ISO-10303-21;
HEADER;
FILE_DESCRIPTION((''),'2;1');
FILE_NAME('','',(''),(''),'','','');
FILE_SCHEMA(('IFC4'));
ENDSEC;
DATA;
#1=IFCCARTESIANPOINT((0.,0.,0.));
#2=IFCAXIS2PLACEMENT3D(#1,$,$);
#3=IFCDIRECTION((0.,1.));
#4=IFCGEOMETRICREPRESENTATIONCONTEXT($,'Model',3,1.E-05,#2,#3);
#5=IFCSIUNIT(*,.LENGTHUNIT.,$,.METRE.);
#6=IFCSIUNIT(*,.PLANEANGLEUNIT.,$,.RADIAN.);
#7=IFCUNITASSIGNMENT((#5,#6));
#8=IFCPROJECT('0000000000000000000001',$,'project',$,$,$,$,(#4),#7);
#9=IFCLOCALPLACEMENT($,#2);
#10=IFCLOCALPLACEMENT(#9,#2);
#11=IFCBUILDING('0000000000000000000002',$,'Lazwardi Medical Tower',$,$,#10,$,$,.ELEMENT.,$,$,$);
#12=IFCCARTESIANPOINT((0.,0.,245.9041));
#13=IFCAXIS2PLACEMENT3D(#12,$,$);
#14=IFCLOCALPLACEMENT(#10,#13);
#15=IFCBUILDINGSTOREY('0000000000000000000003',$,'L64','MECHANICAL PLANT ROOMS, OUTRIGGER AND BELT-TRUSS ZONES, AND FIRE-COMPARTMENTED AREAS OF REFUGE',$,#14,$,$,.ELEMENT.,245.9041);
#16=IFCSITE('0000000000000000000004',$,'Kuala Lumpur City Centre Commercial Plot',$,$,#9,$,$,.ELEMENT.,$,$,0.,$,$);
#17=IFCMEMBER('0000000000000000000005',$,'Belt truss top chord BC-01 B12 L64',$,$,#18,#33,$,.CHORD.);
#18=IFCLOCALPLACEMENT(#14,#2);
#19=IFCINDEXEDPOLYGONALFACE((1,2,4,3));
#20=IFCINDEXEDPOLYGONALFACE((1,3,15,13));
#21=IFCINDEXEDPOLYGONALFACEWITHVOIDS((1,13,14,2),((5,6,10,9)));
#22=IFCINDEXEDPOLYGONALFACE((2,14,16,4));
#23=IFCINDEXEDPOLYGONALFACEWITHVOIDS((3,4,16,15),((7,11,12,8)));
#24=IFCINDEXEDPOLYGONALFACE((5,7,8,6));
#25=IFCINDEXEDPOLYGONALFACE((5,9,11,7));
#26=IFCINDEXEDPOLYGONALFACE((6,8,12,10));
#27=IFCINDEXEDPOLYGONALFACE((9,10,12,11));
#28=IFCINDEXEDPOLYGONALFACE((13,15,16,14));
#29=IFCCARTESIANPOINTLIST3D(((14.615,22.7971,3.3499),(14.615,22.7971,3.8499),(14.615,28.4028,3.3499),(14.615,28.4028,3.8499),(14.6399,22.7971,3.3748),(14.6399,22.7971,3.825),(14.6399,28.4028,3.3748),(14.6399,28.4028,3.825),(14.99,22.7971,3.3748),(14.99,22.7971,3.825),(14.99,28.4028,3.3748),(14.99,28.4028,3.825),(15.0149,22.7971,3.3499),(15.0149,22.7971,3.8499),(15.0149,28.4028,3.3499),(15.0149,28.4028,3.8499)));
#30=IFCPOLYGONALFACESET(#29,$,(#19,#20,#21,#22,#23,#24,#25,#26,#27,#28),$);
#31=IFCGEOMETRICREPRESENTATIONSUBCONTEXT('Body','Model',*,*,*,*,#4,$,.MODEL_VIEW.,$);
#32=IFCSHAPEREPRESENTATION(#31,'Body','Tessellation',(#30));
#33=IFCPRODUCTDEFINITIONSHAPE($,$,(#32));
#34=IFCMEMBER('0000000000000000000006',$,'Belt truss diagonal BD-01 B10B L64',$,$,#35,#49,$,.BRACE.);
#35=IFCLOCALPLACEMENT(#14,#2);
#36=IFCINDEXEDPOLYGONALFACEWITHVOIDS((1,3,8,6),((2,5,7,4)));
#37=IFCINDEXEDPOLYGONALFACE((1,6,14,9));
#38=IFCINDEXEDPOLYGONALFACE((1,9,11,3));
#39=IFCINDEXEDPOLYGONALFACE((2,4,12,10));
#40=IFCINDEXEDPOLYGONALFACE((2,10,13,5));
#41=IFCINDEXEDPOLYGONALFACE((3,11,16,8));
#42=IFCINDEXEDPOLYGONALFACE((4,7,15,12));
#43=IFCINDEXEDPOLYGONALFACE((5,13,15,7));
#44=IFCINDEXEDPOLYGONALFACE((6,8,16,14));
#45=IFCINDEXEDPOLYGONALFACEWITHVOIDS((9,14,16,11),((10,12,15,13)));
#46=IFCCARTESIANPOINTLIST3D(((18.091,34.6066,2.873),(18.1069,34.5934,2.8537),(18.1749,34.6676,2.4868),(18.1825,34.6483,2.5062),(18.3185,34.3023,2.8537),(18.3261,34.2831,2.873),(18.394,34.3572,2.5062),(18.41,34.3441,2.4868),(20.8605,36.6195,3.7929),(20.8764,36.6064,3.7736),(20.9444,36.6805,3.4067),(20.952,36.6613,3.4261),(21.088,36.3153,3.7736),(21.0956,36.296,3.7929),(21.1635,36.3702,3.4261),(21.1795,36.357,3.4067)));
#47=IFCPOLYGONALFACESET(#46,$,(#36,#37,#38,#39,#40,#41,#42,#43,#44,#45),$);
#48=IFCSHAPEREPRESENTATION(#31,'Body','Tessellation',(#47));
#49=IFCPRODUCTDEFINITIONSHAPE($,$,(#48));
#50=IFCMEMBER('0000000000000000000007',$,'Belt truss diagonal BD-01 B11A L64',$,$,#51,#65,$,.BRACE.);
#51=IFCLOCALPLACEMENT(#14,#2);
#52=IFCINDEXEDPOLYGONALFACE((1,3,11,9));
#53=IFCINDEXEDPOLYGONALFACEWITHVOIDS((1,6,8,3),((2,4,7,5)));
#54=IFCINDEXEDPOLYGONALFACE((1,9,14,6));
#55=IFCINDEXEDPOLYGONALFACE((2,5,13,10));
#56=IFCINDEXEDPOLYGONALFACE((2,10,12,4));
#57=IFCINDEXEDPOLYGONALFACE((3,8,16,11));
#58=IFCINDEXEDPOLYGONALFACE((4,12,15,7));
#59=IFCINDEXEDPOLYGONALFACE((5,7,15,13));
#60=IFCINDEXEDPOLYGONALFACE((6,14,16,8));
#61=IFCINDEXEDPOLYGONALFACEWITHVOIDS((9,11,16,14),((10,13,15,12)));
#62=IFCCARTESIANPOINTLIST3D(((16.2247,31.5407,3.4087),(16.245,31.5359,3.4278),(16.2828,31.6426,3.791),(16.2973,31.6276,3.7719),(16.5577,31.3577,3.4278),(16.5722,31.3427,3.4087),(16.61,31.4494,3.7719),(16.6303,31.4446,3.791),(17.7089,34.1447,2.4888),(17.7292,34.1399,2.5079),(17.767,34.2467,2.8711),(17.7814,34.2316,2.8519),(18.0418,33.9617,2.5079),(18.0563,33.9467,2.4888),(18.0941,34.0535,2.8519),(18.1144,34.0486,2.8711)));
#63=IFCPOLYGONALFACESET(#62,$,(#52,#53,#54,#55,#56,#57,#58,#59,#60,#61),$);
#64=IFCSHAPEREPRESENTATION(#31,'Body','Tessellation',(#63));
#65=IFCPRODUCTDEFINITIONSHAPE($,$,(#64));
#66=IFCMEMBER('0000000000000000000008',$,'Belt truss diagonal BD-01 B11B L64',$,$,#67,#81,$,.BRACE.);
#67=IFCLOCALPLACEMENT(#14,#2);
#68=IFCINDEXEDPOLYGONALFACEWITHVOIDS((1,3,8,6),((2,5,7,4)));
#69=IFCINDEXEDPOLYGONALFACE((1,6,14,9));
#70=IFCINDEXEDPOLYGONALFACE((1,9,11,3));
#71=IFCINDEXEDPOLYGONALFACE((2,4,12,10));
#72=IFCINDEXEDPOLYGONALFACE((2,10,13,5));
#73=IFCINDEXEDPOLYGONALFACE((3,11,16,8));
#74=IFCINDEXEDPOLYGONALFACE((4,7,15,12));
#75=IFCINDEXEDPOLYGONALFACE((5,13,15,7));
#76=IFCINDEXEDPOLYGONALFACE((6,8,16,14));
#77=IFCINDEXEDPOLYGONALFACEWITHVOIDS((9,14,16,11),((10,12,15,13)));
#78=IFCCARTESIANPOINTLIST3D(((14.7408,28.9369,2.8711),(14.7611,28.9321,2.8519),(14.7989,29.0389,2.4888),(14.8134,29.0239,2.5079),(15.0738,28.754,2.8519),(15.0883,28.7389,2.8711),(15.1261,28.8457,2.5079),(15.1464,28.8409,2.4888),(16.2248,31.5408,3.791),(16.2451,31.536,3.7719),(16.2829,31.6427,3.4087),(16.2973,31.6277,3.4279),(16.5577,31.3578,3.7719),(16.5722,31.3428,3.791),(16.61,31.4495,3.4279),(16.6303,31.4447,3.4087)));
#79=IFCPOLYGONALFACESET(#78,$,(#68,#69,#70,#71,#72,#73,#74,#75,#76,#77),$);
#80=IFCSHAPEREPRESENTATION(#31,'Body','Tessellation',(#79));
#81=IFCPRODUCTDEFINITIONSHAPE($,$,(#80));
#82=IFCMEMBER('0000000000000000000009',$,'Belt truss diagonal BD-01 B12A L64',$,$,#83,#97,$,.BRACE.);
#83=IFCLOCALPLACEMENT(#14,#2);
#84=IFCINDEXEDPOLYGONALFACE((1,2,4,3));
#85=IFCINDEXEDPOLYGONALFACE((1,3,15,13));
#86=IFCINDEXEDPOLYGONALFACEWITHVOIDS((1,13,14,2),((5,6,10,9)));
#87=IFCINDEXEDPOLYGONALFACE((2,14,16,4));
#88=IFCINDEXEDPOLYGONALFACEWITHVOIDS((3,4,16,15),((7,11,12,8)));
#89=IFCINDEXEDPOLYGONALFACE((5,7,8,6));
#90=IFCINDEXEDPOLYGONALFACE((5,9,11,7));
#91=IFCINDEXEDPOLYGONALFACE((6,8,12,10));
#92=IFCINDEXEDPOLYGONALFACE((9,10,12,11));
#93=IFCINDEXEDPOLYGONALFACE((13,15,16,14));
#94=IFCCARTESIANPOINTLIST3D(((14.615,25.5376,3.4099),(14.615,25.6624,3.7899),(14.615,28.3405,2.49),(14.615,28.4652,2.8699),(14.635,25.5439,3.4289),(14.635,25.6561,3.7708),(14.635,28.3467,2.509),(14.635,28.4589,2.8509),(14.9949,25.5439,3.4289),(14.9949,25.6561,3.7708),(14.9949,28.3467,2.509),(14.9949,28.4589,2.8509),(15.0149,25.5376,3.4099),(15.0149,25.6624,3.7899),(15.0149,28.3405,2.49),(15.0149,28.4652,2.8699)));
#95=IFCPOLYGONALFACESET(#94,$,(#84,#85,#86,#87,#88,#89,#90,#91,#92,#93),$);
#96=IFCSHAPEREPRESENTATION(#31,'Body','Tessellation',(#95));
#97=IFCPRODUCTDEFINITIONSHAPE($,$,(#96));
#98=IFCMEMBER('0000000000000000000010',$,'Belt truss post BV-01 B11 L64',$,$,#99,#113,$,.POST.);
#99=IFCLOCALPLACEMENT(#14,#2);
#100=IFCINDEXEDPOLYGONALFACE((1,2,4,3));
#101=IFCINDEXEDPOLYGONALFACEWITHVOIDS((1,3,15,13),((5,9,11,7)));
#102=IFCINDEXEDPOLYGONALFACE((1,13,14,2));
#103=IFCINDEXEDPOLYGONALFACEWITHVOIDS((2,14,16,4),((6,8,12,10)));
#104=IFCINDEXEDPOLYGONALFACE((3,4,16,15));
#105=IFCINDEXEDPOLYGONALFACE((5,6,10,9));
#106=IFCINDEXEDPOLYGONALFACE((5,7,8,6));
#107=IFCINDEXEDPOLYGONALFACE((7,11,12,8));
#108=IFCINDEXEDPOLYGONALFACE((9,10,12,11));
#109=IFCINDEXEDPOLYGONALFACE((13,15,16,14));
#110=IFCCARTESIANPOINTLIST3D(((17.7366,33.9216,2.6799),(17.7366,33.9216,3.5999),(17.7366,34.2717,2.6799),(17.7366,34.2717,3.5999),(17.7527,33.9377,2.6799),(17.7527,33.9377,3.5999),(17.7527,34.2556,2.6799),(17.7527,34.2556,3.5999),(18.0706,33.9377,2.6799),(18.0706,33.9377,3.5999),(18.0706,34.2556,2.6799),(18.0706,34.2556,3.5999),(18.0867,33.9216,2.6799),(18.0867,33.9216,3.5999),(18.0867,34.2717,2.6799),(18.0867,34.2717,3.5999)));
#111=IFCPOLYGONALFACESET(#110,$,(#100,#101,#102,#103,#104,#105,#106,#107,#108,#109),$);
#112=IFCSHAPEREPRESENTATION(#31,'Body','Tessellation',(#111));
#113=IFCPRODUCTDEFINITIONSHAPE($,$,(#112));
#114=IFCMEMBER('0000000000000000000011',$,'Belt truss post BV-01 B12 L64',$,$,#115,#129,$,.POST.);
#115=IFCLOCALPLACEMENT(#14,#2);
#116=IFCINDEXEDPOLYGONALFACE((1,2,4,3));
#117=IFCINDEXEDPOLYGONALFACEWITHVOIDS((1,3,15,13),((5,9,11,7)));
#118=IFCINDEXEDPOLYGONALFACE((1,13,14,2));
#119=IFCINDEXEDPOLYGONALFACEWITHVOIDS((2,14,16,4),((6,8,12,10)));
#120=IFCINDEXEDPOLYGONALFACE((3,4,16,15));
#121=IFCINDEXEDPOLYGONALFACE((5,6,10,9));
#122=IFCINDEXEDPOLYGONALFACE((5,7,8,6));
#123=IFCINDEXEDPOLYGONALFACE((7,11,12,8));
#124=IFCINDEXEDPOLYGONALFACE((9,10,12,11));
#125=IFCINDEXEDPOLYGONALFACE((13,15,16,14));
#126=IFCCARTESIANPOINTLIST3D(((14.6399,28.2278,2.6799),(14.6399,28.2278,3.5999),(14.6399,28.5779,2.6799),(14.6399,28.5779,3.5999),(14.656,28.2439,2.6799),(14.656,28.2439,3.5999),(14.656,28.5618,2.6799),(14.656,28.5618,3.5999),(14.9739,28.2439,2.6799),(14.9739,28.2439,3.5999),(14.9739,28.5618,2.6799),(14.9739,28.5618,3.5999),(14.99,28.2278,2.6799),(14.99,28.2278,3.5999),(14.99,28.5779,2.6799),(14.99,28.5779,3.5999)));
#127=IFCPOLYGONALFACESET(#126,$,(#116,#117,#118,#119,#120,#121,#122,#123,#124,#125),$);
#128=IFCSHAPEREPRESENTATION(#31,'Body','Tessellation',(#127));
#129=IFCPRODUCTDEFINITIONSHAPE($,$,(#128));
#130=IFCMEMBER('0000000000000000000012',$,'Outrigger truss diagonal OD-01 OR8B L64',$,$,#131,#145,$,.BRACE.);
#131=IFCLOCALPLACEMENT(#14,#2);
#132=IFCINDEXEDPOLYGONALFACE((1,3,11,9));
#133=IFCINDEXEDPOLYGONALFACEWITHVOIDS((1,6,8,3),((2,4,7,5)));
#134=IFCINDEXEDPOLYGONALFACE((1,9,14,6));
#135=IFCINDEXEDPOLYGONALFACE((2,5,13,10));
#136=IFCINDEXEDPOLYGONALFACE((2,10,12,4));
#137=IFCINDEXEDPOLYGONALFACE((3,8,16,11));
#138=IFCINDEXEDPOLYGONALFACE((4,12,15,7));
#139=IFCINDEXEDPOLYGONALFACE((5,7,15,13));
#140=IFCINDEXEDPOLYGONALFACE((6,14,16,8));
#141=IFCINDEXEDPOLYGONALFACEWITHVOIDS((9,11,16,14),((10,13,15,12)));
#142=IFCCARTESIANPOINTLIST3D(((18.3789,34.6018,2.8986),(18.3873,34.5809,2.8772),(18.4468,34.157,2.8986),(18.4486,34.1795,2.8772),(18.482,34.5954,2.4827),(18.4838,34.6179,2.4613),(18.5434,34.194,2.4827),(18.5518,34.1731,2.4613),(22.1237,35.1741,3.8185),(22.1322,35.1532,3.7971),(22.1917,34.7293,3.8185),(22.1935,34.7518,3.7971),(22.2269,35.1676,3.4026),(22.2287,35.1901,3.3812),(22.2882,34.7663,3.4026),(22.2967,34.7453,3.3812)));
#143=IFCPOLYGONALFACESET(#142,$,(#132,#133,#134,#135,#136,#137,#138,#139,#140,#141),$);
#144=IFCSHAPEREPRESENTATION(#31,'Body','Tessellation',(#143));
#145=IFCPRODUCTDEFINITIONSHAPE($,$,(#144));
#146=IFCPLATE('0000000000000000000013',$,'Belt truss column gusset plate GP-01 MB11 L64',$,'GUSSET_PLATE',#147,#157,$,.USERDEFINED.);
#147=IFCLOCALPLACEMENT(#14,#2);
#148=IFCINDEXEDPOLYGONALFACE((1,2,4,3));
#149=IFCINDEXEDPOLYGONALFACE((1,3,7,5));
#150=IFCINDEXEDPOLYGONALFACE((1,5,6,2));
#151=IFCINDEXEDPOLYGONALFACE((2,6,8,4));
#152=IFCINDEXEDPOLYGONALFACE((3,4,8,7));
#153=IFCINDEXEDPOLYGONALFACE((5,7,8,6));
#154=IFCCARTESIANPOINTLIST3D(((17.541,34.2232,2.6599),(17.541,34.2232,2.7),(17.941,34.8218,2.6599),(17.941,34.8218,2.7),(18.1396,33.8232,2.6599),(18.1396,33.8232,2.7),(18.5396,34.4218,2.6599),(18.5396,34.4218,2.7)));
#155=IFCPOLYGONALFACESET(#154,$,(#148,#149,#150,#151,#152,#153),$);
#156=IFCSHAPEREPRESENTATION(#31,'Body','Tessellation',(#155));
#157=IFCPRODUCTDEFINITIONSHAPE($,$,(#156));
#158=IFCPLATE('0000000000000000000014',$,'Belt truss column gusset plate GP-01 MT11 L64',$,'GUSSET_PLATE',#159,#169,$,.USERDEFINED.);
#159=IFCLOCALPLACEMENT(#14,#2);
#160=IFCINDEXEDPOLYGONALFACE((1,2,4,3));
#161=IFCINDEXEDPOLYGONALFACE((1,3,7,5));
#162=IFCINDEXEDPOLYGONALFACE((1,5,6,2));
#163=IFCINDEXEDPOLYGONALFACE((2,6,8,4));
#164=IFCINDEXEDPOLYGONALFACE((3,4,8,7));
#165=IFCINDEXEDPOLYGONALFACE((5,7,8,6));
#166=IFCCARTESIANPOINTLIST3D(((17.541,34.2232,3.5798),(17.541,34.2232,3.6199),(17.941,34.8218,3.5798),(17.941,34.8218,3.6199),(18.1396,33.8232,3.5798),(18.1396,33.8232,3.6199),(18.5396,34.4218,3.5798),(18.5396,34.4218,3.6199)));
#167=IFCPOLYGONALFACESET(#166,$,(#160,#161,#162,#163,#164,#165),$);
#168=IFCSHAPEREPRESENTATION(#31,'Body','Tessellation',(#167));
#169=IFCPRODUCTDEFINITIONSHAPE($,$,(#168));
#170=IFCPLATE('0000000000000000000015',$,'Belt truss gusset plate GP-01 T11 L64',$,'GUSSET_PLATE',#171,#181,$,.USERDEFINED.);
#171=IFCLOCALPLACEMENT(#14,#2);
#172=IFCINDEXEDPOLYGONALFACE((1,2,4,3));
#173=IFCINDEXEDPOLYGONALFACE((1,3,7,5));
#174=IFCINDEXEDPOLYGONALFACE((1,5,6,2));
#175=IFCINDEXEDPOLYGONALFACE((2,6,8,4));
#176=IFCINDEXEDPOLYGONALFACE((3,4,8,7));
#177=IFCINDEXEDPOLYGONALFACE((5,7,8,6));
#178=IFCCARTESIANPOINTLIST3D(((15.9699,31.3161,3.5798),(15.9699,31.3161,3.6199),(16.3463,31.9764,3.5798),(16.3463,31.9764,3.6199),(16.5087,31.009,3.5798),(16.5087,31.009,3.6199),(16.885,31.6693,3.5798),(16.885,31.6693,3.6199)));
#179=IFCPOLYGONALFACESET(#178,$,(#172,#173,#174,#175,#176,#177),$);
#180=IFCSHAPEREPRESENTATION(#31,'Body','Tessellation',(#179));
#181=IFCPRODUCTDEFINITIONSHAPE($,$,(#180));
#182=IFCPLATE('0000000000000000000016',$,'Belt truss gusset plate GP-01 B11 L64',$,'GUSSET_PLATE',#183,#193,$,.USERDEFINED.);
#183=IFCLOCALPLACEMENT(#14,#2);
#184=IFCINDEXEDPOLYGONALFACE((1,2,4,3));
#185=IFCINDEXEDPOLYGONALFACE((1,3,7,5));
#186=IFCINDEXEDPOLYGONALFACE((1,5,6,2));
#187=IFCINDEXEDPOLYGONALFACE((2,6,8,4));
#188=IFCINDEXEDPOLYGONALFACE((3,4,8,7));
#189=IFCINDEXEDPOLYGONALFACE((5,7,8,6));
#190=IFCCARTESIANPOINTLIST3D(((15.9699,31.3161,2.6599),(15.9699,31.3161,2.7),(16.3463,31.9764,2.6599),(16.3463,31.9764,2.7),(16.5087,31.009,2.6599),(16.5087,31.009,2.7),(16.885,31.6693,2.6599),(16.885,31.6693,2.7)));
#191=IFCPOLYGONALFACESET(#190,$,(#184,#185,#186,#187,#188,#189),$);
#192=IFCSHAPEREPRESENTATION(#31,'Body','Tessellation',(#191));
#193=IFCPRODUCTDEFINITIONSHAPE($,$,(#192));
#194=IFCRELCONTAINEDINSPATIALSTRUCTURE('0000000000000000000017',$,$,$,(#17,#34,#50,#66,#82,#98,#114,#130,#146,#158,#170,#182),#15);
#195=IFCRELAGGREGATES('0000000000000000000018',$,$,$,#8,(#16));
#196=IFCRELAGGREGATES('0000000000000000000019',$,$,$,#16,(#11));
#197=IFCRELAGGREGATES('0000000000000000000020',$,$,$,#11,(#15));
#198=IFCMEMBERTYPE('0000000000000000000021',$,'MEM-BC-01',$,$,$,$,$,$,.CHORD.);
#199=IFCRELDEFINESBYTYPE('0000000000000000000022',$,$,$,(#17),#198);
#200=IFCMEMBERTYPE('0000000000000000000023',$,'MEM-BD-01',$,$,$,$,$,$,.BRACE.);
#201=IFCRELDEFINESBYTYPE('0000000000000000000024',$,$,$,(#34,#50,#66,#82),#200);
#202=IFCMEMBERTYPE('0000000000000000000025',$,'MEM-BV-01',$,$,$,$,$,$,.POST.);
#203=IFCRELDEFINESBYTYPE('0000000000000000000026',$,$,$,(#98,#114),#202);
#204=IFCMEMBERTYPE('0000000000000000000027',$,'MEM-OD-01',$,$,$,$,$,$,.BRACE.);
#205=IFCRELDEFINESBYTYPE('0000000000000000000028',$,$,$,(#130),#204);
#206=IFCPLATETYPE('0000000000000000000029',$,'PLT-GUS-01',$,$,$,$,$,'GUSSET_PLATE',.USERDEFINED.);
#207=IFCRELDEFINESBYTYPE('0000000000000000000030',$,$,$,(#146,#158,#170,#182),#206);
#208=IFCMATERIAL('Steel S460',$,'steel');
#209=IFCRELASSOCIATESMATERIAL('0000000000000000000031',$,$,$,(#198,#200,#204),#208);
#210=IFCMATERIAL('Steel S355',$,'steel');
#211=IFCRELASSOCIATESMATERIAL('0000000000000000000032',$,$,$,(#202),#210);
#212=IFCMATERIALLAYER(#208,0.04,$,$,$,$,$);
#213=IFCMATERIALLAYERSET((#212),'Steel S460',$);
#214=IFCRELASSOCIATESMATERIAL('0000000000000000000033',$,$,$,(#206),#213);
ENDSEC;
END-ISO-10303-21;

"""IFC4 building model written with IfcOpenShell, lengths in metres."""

from ifc_helpers import new_model, si_unit, direction, frame, origin, origin_2d, place, context, subcontext, project, spatial, rectangle, hollow_rectangle, extrude, material, layer, layer_set, material_profile, profile_set, type_object, element, save


model = new_model("IFC4")

# Units and contexts
model_context = context("Model", 3, precision=1e-05, world=origin(), true_north=direction((0.0, 1.0)))
body_context = subcontext(model_context, "Body", "Model", "MODEL_VIEW")
ifc_project = project(units=[si_unit("LENGTHUNIT", "METRE"), si_unit("PLANEANGLEUNIT", "RADIAN")], contexts=[model_context])

# Site, building, storey
site_placement = place(None, origin())
site = spatial("IfcSite", under=ifc_project, at=site_placement, Name="Kuala Lumpur City Centre Commercial Plot", CompositionType="ELEMENT", RefElevation=0.0)
building_placement = place(site_placement, origin())
building = spatial("IfcBuilding", under=site, at=building_placement, Name="Lazwardi Medical Tower", CompositionType="ELEMENT")
storey_placement = place(building_placement, frame((0.0, 0.0, 245.9041)))
storey = spatial("IfcBuildingStorey", under=building, at=storey_placement, Name="L64", Description="MECHANICAL PLANT ROOMS, OUTRIGGER AND BELT-TRUSS ZONES, AND FIRE-COMPARTMENTED AREAS OF REFUGE", CompositionType="ELEMENT", Elevation=245.9041)

# Shared definitions
ifc_material_1 = material(Name="Steel S355", Category="steel")

# Members
ifc_material_2 = material(Name="Steel S460", Category="steel")
ifc_material_profile_1 = material_profile(ifc_material_2, hollow_rectangle(XDim=0.3999, YDim=0.5, WallThickness=0.0249, at=origin_2d()), Name="RHS 500x400x25")
ifc_profile_set_1 = profile_set([ifc_material_profile_1], Name="Steel S460")
member_type_1 = type_object("IfcMemberType", Name="MEM-BC-01", PredefinedType="CHORD", material=ifc_profile_set_1)
for number, where, z_axis, x_axis, name in (
    (1, (14.8149, 28.4028, 3.5999), (0.0, -1.0, 0.0), (1.0, 0.0, 0.0), "Belt truss top chord BC-01 B12 L64"),
):
    element("IfcMember", number, at=place(storey_placement, frame(where, z_axis=z_axis, x_axis=x_axis)), inside=storey, type_object=member_type_1, Name=name, PredefinedType="CHORD", context=body_context, shape_type="SweptSolid", body=[
        extrude(hollow_rectangle(XDim=0.3999, YDim=0.5, WallThickness=0.0249, at=origin_2d()), origin(), (0.0, 0.0, 1.0), 5.6057),
    ])
ifc_material_profile_2 = material_profile(ifc_material_2, hollow_rectangle(XDim=0.3999, YDim=0.3999, WallThickness=0.02, at=origin_2d()), Name="RHS 400x400x20")
ifc_profile_set_2 = profile_set([ifc_material_profile_2], Name="Steel S460")
member_type_2 = type_object("IfcMemberType", Name="MEM-BD-01", PredefinedType="BRACE", material=ifc_profile_set_2)
member_1_placement = place(storey_placement, frame((18.2505, 34.4753, 2.6799), z_axis=(0.781205, 0.567792, 0.259483), x_axis=(-0.58793, 0.808912, 0.0)))
element("IfcMember", 2, at=member_1_placement, inside=storey, type_object=member_type_2, Name="Belt truss diagonal BD-01 B10B L64", PredefinedType="BRACE", context=body_context, shape_type="SweptSolid", body=[
    extrude(hollow_rectangle(XDim=0.3999, YDim=0.3999, WallThickness=0.02, at=origin_2d()), origin(), (0.0, 0.0, 1.0), 3.5452),
])
member_2_placement = place(storey_placement, frame((17.9116, 34.0967, 2.6799), z_axis=(-0.473371, -0.830559, 0.293413), x_axis=(0.868799, -0.495165, 0.0)))
element("IfcMember", 3, at=member_2_placement, inside=storey, type_object=member_type_2, Name="Belt truss diagonal BD-01 B11A L64", PredefinedType="BRACE", context=body_context, shape_type="SweptSolid", body=[
    extrude(hollow_rectangle(XDim=0.3999, YDim=0.3999, WallThickness=0.02, at=origin_2d()), origin(), (0.0, 0.0, 1.0), 3.1353),
])
member_3_placement = place(storey_placement, frame((14.9436, 28.8889, 2.6799), z_axis=(0.473341, 0.830566, 0.293443), x_axis=(-0.868814, 0.495138, 0.0)))
element("IfcMember", 4, at=member_3_placement, inside=storey, type_object=member_type_2, Name="Belt truss diagonal BD-01 B11B L64", PredefinedType="BRACE", context=body_context, shape_type="SweptSolid", body=[
    extrude(hollow_rectangle(XDim=0.3999, YDim=0.3999, WallThickness=0.02, at=origin_2d()), origin(), (0.0, 0.0, 1.0), 3.135),
])
member_4_placement = place(storey_placement, frame((14.8149, 28.4028, 2.6799), z_axis=(0.0, -0.95013, 0.311854), x_axis=(1.0, 0.0, 0.0)))
element("IfcMember", 5, at=member_4_placement, inside=storey, type_object=member_type_2, Name="Belt truss diagonal BD-01 B12A L64", PredefinedType="BRACE", context=body_context, shape_type="SweptSolid", body=[
    extrude(hollow_rectangle(XDim=0.3999, YDim=0.3999, WallThickness=0.02, at=origin_2d()), origin(), (0.0, 0.0, 1.0), 2.95),
])
ifc_material_profile_3 = material_profile(ifc_material_1, hollow_rectangle(XDim=0.3501, YDim=0.3501, WallThickness=0.0161, at=origin_2d()), Name="RHS 350x350x16")
ifc_profile_set_3 = profile_set([ifc_material_profile_3], Name="Steel S355")
member_type_3 = type_object("IfcMemberType", Name="MEM-BV-01", PredefinedType="POST", material=ifc_profile_set_3)
for number, where, z_axis, x_axis, name in (
    (6, (17.9116, 34.0967, 2.6799), (0.0, 0.0, 1.0), (1.0, 0.0, 0.0), "Belt truss post BV-01 B11 L64"),
    (7, (14.8149, 28.4028, 2.6799), (0.0, 0.0, 1.0), (1.0, 0.0, 0.0), "Belt truss post BV-01 B12 L64"),
):
    element("IfcMember", number, at=place(storey_placement, frame(where, z_axis=z_axis, x_axis=x_axis)), inside=storey, type_object=member_type_3, Name=name, PredefinedType="POST", context=body_context, shape_type="SweptSolid", body=[
        extrude(hollow_rectangle(XDim=0.3501, YDim=0.3501, WallThickness=0.0161, at=origin_2d()), origin(), (0.0, 0.0, 1.0), 0.9199),
    ])
ifc_material_profile_4 = material_profile(ifc_material_2, hollow_rectangle(XDim=0.45, YDim=0.45, WallThickness=0.022, at=origin_2d()), Name="RHS 450x450x22")
ifc_profile_set_4 = profile_set([ifc_material_profile_4], Name="Steel S460")
member_type_4 = type_object("IfcMemberType", Name="MEM-OD-01", PredefinedType="BRACE", material=ifc_profile_set_4)
member_5_placement = place(storey_placement, frame((18.4653, 34.3875, 2.6799), z_axis=(0.960609, 0.146794, 0.235972), x_axis=(-0.15106, 0.988525, 0.0)))
element("IfcMember", 8, at=member_5_placement, inside=storey, type_object=member_type_4, Name="Outrigger truss diagonal OD-01 OR8B L64", PredefinedType="BRACE", context=body_context, shape_type="SweptSolid", body=[
    extrude(hollow_rectangle(XDim=0.45, YDim=0.45, WallThickness=0.022, at=origin_2d()), origin(), (0.0, 0.0, 1.0), 3.8984),
])

# Plates
ifc_layer = layer(ifc_material_2, 0.04)
ifc_layer_set = layer_set([ifc_layer], Name="Steel S460")
plate_type = type_object("IfcPlateType", Name="PLT-GUS-01", ElementType="GUSSET_PLATE", PredefinedType="USERDEFINED", material=ifc_layer_set)
for number, where, z_axis, x_axis, name in (
    (9, (18.0403, 34.3225, 2.6599), (0.0, 0.0, 1.0), (-0.83147, 0.55557, 0.0), "Belt truss column gusset plate GP-01 MB11 L64"),
    (10, (18.0403, 34.3225, 3.5798), (0.0, 0.0, 1.0), (-0.83147, 0.55557, 0.0), "Belt truss column gusset plate GP-01 MT11 L64"),
):
    element("IfcPlate", number, at=place(storey_placement, frame(where, z_axis=z_axis, x_axis=x_axis)), inside=storey, type_object=plate_type, Name=name, ObjectType="GUSSET_PLATE", PredefinedType="USERDEFINED", context=body_context, shape_type="SweptSolid", body=[
        extrude(rectangle(XDim=0.72, YDim=0.72, at=origin_2d()), origin(), (0.0, 0.0, 1.0), 0.04),
    ])
for number, where, z_axis, x_axis, name in (
    (11, (16.4275, 31.4927, 3.5798), (0.0, 0.0, 1.0), (-0.495155, -0.868804, 0.0), "Belt truss gusset plate GP-01 T11 L64"),
    (12, (16.4275, 31.4927, 2.6599), (0.0, 0.0, 1.0), (-0.495155, -0.868804, 0.0), "Belt truss gusset plate GP-01 B11 L64"),
):
    element("IfcPlate", number, at=place(storey_placement, frame(where, z_axis=z_axis, x_axis=x_axis)), inside=storey, type_object=plate_type, Name=name, ObjectType="GUSSET_PLATE", PredefinedType="USERDEFINED", context=body_context, shape_type="SweptSolid", body=[
        extrude(rectangle(XDim=0.76, YDim=0.6201, at=origin_2d()), origin(), (0.0, 0.0, 1.0), 0.04),
    ])

save(model, "model.ifc")
